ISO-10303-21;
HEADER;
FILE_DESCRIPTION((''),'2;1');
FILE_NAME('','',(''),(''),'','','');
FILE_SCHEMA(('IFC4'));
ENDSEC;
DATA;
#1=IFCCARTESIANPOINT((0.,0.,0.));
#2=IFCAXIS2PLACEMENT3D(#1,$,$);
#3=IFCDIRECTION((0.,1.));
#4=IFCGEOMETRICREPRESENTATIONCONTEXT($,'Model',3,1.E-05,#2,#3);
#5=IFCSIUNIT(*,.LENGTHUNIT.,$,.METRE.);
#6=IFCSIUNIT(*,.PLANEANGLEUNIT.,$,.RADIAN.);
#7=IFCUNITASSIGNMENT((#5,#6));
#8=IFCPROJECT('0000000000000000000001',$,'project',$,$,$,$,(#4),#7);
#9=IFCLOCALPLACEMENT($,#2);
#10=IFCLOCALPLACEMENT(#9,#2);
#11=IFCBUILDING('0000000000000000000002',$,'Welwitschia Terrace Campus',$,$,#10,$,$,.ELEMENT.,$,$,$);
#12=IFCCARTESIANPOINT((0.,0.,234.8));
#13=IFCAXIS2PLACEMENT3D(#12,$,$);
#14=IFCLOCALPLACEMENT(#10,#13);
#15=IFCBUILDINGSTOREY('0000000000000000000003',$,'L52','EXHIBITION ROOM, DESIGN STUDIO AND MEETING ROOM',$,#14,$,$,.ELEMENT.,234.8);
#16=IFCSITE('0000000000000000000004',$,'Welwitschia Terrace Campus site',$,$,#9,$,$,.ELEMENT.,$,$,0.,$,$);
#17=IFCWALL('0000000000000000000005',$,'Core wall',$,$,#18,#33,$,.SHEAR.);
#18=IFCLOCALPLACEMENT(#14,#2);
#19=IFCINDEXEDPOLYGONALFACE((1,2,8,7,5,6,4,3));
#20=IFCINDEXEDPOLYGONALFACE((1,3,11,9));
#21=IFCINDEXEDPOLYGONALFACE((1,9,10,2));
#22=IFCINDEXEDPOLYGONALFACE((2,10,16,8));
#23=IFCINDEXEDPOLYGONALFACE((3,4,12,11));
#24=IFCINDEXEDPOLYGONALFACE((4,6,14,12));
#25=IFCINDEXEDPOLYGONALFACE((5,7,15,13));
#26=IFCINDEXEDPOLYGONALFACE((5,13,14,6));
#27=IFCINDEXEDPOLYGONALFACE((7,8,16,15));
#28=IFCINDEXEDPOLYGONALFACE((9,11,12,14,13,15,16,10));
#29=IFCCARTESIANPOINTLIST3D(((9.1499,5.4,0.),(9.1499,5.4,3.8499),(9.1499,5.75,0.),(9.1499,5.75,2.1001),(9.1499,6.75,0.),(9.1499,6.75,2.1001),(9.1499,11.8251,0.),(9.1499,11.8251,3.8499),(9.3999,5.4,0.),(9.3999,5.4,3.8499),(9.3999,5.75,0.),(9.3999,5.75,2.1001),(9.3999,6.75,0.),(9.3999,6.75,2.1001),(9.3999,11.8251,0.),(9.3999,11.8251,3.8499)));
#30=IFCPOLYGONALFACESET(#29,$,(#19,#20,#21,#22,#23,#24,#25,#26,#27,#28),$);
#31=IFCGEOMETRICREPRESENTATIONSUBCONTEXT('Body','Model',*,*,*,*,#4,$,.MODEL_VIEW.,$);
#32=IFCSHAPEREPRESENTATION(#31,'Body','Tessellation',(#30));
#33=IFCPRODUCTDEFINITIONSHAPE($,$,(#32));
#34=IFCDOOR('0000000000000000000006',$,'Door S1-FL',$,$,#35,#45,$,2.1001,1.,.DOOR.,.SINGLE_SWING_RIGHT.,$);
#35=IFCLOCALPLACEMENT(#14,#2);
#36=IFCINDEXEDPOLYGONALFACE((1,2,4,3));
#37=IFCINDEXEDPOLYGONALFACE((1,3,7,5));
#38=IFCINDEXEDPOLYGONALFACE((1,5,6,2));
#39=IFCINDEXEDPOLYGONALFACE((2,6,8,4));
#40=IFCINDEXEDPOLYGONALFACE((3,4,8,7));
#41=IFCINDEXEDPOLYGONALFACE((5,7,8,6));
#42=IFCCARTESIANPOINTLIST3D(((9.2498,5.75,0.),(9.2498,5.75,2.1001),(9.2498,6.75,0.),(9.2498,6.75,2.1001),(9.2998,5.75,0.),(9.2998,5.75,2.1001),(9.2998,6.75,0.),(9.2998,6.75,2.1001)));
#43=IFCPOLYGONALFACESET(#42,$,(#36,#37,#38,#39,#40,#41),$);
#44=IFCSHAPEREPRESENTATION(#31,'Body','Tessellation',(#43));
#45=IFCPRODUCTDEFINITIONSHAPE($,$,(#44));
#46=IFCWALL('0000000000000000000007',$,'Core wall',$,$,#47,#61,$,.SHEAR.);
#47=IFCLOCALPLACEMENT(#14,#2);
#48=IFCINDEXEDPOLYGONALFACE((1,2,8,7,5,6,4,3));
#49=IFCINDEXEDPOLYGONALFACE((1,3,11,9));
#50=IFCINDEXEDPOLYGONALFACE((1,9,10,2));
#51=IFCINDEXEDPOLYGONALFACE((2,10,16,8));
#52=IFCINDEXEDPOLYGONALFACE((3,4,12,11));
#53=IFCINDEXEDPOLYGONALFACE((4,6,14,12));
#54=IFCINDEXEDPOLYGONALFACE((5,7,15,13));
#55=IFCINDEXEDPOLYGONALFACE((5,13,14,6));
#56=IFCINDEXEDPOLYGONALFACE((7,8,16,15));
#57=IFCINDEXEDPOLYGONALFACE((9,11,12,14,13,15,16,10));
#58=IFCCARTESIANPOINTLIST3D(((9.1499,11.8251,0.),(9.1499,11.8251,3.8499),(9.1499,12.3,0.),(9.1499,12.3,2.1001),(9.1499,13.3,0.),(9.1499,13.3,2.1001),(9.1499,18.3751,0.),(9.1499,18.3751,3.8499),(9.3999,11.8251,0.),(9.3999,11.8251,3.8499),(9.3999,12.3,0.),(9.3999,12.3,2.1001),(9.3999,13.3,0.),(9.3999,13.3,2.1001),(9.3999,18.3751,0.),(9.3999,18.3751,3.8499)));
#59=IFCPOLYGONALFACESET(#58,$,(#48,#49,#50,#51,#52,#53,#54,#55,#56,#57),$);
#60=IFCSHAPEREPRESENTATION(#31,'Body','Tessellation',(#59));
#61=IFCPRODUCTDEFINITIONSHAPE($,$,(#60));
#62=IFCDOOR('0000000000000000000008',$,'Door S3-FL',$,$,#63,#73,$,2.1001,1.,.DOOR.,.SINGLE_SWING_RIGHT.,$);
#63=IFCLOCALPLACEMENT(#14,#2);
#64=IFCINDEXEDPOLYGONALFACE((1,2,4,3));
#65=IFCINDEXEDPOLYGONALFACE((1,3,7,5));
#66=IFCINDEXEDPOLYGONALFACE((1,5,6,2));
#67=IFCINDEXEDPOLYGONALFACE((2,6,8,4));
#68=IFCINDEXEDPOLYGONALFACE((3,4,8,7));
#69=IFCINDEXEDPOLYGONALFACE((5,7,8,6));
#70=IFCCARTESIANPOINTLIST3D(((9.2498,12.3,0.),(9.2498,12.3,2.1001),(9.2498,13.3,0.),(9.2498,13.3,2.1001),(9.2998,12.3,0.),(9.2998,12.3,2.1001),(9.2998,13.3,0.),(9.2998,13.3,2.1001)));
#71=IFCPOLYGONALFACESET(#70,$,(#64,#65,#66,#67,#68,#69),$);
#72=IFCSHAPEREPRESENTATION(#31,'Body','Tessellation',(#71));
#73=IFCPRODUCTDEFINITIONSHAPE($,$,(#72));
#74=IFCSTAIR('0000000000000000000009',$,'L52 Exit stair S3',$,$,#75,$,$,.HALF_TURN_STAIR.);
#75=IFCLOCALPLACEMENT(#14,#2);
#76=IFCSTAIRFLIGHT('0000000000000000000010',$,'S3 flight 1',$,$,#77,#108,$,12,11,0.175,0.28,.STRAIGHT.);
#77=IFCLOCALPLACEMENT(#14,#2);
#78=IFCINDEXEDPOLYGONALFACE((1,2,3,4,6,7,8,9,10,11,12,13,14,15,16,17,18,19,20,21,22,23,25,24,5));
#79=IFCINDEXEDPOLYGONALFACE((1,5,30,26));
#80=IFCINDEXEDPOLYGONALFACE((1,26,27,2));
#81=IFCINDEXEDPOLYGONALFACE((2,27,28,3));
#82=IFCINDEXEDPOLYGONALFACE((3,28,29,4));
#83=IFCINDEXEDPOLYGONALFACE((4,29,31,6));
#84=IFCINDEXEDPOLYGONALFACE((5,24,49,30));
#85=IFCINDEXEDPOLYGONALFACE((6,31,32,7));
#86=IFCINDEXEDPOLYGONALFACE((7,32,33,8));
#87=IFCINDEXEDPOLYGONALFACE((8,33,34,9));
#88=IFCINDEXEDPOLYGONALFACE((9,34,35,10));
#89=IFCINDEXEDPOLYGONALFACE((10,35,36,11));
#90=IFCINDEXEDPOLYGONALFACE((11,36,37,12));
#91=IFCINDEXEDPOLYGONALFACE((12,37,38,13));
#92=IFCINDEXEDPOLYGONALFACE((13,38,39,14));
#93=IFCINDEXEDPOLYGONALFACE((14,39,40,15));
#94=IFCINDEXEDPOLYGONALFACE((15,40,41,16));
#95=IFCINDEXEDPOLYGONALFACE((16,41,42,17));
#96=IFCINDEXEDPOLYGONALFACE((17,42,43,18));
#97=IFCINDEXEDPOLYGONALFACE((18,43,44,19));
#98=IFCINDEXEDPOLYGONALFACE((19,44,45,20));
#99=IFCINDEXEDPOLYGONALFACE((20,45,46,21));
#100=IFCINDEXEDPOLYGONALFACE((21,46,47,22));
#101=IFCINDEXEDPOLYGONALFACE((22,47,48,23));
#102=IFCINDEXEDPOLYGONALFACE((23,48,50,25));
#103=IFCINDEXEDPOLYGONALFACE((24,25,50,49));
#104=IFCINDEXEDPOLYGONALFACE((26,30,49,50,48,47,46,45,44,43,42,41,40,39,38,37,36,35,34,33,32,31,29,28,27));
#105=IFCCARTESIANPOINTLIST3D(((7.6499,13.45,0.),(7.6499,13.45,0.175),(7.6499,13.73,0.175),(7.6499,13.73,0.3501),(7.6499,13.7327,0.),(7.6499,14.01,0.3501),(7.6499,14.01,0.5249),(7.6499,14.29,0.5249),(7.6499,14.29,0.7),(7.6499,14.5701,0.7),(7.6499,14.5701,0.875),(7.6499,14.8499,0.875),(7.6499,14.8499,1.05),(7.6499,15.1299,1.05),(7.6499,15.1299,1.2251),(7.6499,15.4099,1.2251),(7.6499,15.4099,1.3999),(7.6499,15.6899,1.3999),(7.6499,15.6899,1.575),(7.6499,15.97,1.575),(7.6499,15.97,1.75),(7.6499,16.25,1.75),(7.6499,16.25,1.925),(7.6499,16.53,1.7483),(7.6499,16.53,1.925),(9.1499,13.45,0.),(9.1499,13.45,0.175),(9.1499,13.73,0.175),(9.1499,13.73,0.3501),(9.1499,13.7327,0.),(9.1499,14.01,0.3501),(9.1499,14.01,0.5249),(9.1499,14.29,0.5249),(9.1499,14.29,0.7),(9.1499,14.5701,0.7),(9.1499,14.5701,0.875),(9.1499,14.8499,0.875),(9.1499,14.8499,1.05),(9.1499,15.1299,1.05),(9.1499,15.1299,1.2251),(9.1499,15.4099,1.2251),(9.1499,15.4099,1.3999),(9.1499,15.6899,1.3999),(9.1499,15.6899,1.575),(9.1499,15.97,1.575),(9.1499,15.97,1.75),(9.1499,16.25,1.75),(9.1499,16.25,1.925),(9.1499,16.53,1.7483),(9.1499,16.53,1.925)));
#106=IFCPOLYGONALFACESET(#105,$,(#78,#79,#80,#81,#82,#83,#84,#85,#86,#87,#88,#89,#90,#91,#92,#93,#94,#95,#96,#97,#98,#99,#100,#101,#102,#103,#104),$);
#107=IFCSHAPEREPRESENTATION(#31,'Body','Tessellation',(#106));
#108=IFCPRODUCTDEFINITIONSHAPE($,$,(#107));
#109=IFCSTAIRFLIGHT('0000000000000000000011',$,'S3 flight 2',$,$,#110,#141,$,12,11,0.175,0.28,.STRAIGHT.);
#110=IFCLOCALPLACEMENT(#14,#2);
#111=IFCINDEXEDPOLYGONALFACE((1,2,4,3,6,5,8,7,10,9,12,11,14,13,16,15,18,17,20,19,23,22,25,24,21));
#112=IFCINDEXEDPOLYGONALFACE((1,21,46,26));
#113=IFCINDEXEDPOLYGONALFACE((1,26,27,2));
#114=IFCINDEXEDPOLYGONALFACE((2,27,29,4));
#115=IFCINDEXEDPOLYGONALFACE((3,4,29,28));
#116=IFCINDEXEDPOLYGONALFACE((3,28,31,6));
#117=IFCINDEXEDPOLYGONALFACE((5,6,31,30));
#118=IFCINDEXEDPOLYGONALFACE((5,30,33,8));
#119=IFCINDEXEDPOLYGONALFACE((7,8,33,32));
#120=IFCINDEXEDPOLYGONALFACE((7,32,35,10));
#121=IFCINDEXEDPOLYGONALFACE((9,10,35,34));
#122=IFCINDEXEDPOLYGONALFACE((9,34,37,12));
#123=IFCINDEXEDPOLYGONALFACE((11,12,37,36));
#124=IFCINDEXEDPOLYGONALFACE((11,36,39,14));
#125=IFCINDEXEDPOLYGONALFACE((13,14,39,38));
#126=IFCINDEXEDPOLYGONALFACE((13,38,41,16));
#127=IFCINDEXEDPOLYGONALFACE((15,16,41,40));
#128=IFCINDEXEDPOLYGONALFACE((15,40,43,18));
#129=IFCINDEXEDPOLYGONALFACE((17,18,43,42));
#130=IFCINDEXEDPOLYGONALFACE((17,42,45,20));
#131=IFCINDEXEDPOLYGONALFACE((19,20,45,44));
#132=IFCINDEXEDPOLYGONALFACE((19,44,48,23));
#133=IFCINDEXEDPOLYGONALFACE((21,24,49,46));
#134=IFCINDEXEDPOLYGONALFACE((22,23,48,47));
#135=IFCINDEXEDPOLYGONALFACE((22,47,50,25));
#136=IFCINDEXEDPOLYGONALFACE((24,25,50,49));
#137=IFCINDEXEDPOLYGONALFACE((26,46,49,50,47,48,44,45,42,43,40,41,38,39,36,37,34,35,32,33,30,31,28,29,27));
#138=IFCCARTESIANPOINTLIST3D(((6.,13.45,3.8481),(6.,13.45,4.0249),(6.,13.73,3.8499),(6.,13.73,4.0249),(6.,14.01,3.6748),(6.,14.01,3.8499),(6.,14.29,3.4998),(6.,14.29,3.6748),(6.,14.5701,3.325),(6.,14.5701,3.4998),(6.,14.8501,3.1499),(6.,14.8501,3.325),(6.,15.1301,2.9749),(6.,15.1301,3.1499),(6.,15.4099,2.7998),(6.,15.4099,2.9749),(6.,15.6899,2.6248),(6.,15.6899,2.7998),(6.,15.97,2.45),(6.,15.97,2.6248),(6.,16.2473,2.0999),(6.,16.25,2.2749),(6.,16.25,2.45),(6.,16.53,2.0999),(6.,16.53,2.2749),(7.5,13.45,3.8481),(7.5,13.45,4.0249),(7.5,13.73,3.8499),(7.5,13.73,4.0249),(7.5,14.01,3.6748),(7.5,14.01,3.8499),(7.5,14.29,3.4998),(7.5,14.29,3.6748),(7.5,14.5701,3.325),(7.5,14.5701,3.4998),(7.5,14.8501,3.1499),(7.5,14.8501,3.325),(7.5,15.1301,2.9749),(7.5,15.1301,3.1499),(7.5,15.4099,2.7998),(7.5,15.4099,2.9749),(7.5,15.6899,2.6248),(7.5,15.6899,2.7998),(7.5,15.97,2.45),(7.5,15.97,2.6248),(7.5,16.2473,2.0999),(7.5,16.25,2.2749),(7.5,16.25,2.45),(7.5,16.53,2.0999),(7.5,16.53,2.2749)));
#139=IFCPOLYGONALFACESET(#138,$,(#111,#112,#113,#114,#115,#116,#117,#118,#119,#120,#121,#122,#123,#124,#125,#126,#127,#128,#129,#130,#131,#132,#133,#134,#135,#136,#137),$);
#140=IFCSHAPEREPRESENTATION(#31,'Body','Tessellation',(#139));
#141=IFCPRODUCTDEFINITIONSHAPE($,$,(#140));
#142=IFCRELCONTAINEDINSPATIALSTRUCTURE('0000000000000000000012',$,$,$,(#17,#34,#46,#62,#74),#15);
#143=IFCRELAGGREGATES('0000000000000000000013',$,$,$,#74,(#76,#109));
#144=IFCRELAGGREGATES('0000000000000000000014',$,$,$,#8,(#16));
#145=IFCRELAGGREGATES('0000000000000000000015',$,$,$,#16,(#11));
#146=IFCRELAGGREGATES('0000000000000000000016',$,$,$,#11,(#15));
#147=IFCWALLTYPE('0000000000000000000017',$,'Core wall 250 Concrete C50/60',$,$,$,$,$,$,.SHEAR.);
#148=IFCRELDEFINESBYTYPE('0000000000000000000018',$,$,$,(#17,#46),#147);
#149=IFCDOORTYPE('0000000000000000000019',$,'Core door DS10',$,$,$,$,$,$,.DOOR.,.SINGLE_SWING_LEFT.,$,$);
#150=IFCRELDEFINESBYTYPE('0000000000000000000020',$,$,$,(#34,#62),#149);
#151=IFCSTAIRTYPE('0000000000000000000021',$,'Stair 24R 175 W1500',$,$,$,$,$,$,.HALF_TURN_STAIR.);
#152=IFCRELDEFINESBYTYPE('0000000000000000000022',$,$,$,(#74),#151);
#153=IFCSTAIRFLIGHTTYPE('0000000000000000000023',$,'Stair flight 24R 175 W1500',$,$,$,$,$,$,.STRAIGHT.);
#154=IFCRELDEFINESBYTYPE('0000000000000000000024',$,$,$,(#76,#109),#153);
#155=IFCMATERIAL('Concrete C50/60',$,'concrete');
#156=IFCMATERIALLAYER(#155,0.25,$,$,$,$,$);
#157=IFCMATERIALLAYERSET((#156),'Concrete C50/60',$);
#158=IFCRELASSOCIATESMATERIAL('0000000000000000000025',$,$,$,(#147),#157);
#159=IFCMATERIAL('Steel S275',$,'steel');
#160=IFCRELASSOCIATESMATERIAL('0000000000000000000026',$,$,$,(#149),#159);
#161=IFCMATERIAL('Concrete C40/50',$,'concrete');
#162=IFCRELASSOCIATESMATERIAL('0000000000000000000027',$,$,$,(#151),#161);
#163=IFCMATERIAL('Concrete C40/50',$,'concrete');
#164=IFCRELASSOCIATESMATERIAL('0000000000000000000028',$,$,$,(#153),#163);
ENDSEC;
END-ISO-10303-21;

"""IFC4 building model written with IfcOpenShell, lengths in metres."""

from ifc_helpers import new_model, si_unit, direction, frame, frame_2d, origin, place, context, subcontext, project, spatial, polyline, rectangle, outline, extrude, material, layer, layer_set, type_object, element, fill, aggregate, save


model = new_model("IFC4")

# Units and contexts
model_context = context("Model", 3, precision=1e-05, world=origin(), true_north=direction((0.0, 1.0)))
body_context = subcontext(model_context, "Body", "Model", "MODEL_VIEW")
ifc_project = project(units=[si_unit("LENGTHUNIT", "METRE"), si_unit("PLANEANGLEUNIT", "RADIAN")], contexts=[model_context])

# Site, building, storey
site_placement = place(None, origin())
site = spatial("IfcSite", under=ifc_project, at=site_placement, Name="Welwitschia Terrace Campus site", CompositionType="ELEMENT", RefElevation=0.0)
building_placement = place(site_placement, origin())
building = spatial("IfcBuilding", under=site, at=building_placement, Name="Welwitschia Terrace Campus", CompositionType="ELEMENT")
storey_placement = place(building_placement, frame((0.0, 0.0, 234.8)))
storey = spatial("IfcBuildingStorey", under=building, at=storey_placement, Name="L52", Description="EXHIBITION ROOM, DESIGN STUDIO AND MEETING ROOM", CompositionType="ELEMENT", Elevation=234.8)

# Shared definitions
ifc_material_1 = material(Name="Concrete C50/60", Category="concrete")
ifc_layer_1 = layer(ifc_material_1, 0.25)
ifc_layer_set_1 = layer_set([ifc_layer_1], Name="Concrete C50/60")
wall_type_1 = type_object("IfcWallType", Name="Core wall 250 Concrete C50/60", PredefinedType="SHEAR", material=ifc_layer_set_1)

# Walls, openings, doors
wall_1_placement = place(storey_placement, frame((9.2749, 11.825, 0.0), z_axis=(0.0, 0.0, 1.0), x_axis=(0.0, -1.0, 0.0)))
wall_1 = element("IfcWall", 1, at=wall_1_placement, inside=storey, type_object=wall_type_1, Name="Core wall", PredefinedType="SHEAR", context=body_context, shape_type="SweptSolid", body=[
    extrude(rectangle(XDim=6.425, YDim=0.25, at=frame_2d((3.2124, 0.0))), origin(), (0.0, 0.0, 1.0), 3.8499),
])
opening_1_placement = place(wall_1_placement, frame((5.075, 0.0, 0.0)))
opening_1 = element("IfcOpeningElement", 2, at=opening_1_placement, cuts=wall_1, PredefinedType="OPENING", context=body_context, shape_type="SweptSolid", body=[
    extrude(rectangle(XDim=1.0, YDim=2.1001, at=frame_2d((0.5, 1.05))), frame((0.0, 0.135, 0.0), z_axis=(0.0, -1.0, 0.0), x_axis=(1.0, 0.0, 0.0)), (0.0, 0.0, 1.0), 0.27),
])
ifc_material_2 = material(Name="Steel S275", Category="steel")
door_type_1 = type_object("IfcDoorType", Name="Core door DS10", OperationType="SINGLE_SWING_LEFT", PredefinedType="DOOR", material=ifc_material_2)
door_1_placement = place(opening_1_placement, origin())
door_1 = element("IfcDoor", 3, at=door_1_placement, inside=storey, type_object=door_type_1, Name="Door S1-FL", OperationType="SINGLE_SWING_RIGHT", OverallHeight=2.1001, OverallWidth=1.0, PredefinedType="DOOR", context=body_context, shape_type="SweptSolid", body=[
    extrude(rectangle(XDim=1.0, YDim=2.1001, at=frame_2d((0.5, 1.05))), frame((0.0, 0.0249, 0.0), z_axis=(0.0, -1.0, 0.0), x_axis=(1.0, 0.0, 0.0)), (0.0, 0.0, 1.0), 0.05),
])
fill(opening_1, door_1)
wall_2_placement = place(storey_placement, frame((9.2749, 18.375, 0.0), z_axis=(0.0, 0.0, 1.0), x_axis=(0.0, -1.0, 0.0)))
wall_2 = element("IfcWall", 4, at=wall_2_placement, inside=storey, type_object=wall_type_1, Name="Core wall", PredefinedType="SHEAR", context=body_context, shape_type="SweptSolid", body=[
    extrude(rectangle(XDim=6.55, YDim=0.25, at=frame_2d((3.2749, 0.0))), origin(), (0.0, 0.0, 1.0), 3.8499),
])
opening_2_placement = place(wall_2_placement, frame((5.075, 0.0, 0.0)))
opening_2 = element("IfcOpeningElement", 5, at=opening_2_placement, cuts=wall_2, PredefinedType="OPENING", context=body_context, shape_type="SweptSolid", body=[
    extrude(rectangle(XDim=1.0, YDim=2.1001, at=frame_2d((0.5, 1.05))), frame((0.0, 0.135, 0.0), z_axis=(0.0, -1.0, 0.0), x_axis=(1.0, 0.0, 0.0)), (0.0, 0.0, 1.0), 0.27),
])
door_2_placement = place(opening_2_placement, origin())
door_2 = element("IfcDoor", 6, at=door_2_placement, inside=storey, type_object=door_type_1, Name="Door S3-FL", OperationType="SINGLE_SWING_RIGHT", OverallHeight=2.1001, OverallWidth=1.0, PredefinedType="DOOR", context=body_context, shape_type="SweptSolid", body=[
    extrude(rectangle(XDim=1.0, YDim=2.1001, at=frame_2d((0.5, 1.05))), frame((0.0, 0.0249, 0.0), z_axis=(0.0, -1.0, 0.0), x_axis=(1.0, 0.0, 0.0)), (0.0, 0.0, 1.0), 0.05),
])
fill(opening_2, door_2)

# Stair, stair flights
ifc_material_3 = material(Name="Concrete C40/50", Category="concrete")
stair_type = type_object("IfcStairType", Name="Stair 24R 175 W1500", PredefinedType="HALF_TURN_STAIR", material=ifc_material_3)
stair_placement = place(storey_placement, origin())
stair = element("IfcStair", 7, at=stair_placement, inside=storey, type_object=stair_type, Name="L52 Exit stair S3", PredefinedType="HALF_TURN_STAIR")
ifc_material_4 = material(Name="Concrete C40/50", Category="concrete")
stair_flight_type = type_object("IfcStairFlightType", Name="Stair flight 24R 175 W1500", PredefinedType="STRAIGHT", material=ifc_material_4)
stair_flight_1_placement = place(storey_placement, frame((8.3999, 13.45, 0.0), z_axis=(0.0, 0.0, 1.0), x_axis=(0.0, 1.0, 0.0)))
stair_flight_1 = element("IfcStairFlight", 8, at=stair_flight_1_placement, type_object=stair_flight_type, Name="S3 flight 1", NumberOfRisers=12, NumberOfTreads=11, PredefinedType="STRAIGHT", RiserHeight=0.175, TreadLength=0.28, context=body_context, shape_type="SweptSolid", body=[
    extrude(outline(polyline([(0.0, 0.0), (0.0, 0.175), (0.28, 0.175), (0.28, 0.3501), (0.5601, 0.3501), (0.5601, 0.5249), (0.8401, 0.5249), (0.8401, 0.7), (1.1201, 0.7), (1.1201, 0.875), (1.3999, 0.875), (1.3999, 1.05), (1.6799, 1.05), (1.6799, 1.2251), (1.96, 1.2251), (1.96, 1.3999), (2.24, 1.3999), (2.24, 1.575), (2.52, 1.575), (2.52, 1.75), (2.8, 1.75), (2.8, 1.925), (3.0801, 1.925), (3.0801, 2.1001), (3.0801, 1.7483), (0.2827, 0.0), (0.0, 0.0)])), frame((0.0, 0.75, 0.0), z_axis=(0.0, -1.0, 0.0), x_axis=(1.0, 0.0, 0.0)), (0.0, 0.0, 1.0), 1.5),
])
stair_flight_2_placement = place(storey_placement, frame((6.75, 16.53, 2.0999), z_axis=(0.0, 0.0, 1.0), x_axis=(0.0, -1.0, 0.0)))
stair_flight_2 = element("IfcStairFlight", 9, at=stair_flight_2_placement, type_object=stair_flight_type, Name="S3 flight 2", NumberOfRisers=12, NumberOfTreads=11, PredefinedType="STRAIGHT", RiserHeight=0.175, TreadLength=0.28, context=body_context, shape_type="SweptSolid", body=[
    extrude(outline(polyline([(0.0, 0.0), (0.0, 0.175), (0.28, 0.175), (0.28, 0.3501), (0.5601, 0.3501), (0.5601, 0.5249), (0.8401, 0.5249), (0.8401, 0.7), (1.1201, 0.7), (1.1201, 0.875), (1.3999, 0.875), (1.3999, 1.05), (1.6799, 1.05), (1.6799, 1.2251), (1.96, 1.2251), (1.96, 1.3999), (2.24, 1.3999), (2.24, 1.575), (2.52, 1.575), (2.52, 1.75), (2.8, 1.75), (2.8, 1.925), (3.0801, 1.925), (3.0801, 2.1001), (3.0801, 1.7483), (0.2827, 0.0), (0.0, 0.0)])), frame((0.0, 0.75, 0.0), z_axis=(0.0, -1.0, 0.0), x_axis=(1.0, 0.0, 0.0)), (0.0, 0.0, 1.0), 1.5),
])
aggregate(stair, [stair_flight_1, stair_flight_2])

save(model, "model.ifc")
